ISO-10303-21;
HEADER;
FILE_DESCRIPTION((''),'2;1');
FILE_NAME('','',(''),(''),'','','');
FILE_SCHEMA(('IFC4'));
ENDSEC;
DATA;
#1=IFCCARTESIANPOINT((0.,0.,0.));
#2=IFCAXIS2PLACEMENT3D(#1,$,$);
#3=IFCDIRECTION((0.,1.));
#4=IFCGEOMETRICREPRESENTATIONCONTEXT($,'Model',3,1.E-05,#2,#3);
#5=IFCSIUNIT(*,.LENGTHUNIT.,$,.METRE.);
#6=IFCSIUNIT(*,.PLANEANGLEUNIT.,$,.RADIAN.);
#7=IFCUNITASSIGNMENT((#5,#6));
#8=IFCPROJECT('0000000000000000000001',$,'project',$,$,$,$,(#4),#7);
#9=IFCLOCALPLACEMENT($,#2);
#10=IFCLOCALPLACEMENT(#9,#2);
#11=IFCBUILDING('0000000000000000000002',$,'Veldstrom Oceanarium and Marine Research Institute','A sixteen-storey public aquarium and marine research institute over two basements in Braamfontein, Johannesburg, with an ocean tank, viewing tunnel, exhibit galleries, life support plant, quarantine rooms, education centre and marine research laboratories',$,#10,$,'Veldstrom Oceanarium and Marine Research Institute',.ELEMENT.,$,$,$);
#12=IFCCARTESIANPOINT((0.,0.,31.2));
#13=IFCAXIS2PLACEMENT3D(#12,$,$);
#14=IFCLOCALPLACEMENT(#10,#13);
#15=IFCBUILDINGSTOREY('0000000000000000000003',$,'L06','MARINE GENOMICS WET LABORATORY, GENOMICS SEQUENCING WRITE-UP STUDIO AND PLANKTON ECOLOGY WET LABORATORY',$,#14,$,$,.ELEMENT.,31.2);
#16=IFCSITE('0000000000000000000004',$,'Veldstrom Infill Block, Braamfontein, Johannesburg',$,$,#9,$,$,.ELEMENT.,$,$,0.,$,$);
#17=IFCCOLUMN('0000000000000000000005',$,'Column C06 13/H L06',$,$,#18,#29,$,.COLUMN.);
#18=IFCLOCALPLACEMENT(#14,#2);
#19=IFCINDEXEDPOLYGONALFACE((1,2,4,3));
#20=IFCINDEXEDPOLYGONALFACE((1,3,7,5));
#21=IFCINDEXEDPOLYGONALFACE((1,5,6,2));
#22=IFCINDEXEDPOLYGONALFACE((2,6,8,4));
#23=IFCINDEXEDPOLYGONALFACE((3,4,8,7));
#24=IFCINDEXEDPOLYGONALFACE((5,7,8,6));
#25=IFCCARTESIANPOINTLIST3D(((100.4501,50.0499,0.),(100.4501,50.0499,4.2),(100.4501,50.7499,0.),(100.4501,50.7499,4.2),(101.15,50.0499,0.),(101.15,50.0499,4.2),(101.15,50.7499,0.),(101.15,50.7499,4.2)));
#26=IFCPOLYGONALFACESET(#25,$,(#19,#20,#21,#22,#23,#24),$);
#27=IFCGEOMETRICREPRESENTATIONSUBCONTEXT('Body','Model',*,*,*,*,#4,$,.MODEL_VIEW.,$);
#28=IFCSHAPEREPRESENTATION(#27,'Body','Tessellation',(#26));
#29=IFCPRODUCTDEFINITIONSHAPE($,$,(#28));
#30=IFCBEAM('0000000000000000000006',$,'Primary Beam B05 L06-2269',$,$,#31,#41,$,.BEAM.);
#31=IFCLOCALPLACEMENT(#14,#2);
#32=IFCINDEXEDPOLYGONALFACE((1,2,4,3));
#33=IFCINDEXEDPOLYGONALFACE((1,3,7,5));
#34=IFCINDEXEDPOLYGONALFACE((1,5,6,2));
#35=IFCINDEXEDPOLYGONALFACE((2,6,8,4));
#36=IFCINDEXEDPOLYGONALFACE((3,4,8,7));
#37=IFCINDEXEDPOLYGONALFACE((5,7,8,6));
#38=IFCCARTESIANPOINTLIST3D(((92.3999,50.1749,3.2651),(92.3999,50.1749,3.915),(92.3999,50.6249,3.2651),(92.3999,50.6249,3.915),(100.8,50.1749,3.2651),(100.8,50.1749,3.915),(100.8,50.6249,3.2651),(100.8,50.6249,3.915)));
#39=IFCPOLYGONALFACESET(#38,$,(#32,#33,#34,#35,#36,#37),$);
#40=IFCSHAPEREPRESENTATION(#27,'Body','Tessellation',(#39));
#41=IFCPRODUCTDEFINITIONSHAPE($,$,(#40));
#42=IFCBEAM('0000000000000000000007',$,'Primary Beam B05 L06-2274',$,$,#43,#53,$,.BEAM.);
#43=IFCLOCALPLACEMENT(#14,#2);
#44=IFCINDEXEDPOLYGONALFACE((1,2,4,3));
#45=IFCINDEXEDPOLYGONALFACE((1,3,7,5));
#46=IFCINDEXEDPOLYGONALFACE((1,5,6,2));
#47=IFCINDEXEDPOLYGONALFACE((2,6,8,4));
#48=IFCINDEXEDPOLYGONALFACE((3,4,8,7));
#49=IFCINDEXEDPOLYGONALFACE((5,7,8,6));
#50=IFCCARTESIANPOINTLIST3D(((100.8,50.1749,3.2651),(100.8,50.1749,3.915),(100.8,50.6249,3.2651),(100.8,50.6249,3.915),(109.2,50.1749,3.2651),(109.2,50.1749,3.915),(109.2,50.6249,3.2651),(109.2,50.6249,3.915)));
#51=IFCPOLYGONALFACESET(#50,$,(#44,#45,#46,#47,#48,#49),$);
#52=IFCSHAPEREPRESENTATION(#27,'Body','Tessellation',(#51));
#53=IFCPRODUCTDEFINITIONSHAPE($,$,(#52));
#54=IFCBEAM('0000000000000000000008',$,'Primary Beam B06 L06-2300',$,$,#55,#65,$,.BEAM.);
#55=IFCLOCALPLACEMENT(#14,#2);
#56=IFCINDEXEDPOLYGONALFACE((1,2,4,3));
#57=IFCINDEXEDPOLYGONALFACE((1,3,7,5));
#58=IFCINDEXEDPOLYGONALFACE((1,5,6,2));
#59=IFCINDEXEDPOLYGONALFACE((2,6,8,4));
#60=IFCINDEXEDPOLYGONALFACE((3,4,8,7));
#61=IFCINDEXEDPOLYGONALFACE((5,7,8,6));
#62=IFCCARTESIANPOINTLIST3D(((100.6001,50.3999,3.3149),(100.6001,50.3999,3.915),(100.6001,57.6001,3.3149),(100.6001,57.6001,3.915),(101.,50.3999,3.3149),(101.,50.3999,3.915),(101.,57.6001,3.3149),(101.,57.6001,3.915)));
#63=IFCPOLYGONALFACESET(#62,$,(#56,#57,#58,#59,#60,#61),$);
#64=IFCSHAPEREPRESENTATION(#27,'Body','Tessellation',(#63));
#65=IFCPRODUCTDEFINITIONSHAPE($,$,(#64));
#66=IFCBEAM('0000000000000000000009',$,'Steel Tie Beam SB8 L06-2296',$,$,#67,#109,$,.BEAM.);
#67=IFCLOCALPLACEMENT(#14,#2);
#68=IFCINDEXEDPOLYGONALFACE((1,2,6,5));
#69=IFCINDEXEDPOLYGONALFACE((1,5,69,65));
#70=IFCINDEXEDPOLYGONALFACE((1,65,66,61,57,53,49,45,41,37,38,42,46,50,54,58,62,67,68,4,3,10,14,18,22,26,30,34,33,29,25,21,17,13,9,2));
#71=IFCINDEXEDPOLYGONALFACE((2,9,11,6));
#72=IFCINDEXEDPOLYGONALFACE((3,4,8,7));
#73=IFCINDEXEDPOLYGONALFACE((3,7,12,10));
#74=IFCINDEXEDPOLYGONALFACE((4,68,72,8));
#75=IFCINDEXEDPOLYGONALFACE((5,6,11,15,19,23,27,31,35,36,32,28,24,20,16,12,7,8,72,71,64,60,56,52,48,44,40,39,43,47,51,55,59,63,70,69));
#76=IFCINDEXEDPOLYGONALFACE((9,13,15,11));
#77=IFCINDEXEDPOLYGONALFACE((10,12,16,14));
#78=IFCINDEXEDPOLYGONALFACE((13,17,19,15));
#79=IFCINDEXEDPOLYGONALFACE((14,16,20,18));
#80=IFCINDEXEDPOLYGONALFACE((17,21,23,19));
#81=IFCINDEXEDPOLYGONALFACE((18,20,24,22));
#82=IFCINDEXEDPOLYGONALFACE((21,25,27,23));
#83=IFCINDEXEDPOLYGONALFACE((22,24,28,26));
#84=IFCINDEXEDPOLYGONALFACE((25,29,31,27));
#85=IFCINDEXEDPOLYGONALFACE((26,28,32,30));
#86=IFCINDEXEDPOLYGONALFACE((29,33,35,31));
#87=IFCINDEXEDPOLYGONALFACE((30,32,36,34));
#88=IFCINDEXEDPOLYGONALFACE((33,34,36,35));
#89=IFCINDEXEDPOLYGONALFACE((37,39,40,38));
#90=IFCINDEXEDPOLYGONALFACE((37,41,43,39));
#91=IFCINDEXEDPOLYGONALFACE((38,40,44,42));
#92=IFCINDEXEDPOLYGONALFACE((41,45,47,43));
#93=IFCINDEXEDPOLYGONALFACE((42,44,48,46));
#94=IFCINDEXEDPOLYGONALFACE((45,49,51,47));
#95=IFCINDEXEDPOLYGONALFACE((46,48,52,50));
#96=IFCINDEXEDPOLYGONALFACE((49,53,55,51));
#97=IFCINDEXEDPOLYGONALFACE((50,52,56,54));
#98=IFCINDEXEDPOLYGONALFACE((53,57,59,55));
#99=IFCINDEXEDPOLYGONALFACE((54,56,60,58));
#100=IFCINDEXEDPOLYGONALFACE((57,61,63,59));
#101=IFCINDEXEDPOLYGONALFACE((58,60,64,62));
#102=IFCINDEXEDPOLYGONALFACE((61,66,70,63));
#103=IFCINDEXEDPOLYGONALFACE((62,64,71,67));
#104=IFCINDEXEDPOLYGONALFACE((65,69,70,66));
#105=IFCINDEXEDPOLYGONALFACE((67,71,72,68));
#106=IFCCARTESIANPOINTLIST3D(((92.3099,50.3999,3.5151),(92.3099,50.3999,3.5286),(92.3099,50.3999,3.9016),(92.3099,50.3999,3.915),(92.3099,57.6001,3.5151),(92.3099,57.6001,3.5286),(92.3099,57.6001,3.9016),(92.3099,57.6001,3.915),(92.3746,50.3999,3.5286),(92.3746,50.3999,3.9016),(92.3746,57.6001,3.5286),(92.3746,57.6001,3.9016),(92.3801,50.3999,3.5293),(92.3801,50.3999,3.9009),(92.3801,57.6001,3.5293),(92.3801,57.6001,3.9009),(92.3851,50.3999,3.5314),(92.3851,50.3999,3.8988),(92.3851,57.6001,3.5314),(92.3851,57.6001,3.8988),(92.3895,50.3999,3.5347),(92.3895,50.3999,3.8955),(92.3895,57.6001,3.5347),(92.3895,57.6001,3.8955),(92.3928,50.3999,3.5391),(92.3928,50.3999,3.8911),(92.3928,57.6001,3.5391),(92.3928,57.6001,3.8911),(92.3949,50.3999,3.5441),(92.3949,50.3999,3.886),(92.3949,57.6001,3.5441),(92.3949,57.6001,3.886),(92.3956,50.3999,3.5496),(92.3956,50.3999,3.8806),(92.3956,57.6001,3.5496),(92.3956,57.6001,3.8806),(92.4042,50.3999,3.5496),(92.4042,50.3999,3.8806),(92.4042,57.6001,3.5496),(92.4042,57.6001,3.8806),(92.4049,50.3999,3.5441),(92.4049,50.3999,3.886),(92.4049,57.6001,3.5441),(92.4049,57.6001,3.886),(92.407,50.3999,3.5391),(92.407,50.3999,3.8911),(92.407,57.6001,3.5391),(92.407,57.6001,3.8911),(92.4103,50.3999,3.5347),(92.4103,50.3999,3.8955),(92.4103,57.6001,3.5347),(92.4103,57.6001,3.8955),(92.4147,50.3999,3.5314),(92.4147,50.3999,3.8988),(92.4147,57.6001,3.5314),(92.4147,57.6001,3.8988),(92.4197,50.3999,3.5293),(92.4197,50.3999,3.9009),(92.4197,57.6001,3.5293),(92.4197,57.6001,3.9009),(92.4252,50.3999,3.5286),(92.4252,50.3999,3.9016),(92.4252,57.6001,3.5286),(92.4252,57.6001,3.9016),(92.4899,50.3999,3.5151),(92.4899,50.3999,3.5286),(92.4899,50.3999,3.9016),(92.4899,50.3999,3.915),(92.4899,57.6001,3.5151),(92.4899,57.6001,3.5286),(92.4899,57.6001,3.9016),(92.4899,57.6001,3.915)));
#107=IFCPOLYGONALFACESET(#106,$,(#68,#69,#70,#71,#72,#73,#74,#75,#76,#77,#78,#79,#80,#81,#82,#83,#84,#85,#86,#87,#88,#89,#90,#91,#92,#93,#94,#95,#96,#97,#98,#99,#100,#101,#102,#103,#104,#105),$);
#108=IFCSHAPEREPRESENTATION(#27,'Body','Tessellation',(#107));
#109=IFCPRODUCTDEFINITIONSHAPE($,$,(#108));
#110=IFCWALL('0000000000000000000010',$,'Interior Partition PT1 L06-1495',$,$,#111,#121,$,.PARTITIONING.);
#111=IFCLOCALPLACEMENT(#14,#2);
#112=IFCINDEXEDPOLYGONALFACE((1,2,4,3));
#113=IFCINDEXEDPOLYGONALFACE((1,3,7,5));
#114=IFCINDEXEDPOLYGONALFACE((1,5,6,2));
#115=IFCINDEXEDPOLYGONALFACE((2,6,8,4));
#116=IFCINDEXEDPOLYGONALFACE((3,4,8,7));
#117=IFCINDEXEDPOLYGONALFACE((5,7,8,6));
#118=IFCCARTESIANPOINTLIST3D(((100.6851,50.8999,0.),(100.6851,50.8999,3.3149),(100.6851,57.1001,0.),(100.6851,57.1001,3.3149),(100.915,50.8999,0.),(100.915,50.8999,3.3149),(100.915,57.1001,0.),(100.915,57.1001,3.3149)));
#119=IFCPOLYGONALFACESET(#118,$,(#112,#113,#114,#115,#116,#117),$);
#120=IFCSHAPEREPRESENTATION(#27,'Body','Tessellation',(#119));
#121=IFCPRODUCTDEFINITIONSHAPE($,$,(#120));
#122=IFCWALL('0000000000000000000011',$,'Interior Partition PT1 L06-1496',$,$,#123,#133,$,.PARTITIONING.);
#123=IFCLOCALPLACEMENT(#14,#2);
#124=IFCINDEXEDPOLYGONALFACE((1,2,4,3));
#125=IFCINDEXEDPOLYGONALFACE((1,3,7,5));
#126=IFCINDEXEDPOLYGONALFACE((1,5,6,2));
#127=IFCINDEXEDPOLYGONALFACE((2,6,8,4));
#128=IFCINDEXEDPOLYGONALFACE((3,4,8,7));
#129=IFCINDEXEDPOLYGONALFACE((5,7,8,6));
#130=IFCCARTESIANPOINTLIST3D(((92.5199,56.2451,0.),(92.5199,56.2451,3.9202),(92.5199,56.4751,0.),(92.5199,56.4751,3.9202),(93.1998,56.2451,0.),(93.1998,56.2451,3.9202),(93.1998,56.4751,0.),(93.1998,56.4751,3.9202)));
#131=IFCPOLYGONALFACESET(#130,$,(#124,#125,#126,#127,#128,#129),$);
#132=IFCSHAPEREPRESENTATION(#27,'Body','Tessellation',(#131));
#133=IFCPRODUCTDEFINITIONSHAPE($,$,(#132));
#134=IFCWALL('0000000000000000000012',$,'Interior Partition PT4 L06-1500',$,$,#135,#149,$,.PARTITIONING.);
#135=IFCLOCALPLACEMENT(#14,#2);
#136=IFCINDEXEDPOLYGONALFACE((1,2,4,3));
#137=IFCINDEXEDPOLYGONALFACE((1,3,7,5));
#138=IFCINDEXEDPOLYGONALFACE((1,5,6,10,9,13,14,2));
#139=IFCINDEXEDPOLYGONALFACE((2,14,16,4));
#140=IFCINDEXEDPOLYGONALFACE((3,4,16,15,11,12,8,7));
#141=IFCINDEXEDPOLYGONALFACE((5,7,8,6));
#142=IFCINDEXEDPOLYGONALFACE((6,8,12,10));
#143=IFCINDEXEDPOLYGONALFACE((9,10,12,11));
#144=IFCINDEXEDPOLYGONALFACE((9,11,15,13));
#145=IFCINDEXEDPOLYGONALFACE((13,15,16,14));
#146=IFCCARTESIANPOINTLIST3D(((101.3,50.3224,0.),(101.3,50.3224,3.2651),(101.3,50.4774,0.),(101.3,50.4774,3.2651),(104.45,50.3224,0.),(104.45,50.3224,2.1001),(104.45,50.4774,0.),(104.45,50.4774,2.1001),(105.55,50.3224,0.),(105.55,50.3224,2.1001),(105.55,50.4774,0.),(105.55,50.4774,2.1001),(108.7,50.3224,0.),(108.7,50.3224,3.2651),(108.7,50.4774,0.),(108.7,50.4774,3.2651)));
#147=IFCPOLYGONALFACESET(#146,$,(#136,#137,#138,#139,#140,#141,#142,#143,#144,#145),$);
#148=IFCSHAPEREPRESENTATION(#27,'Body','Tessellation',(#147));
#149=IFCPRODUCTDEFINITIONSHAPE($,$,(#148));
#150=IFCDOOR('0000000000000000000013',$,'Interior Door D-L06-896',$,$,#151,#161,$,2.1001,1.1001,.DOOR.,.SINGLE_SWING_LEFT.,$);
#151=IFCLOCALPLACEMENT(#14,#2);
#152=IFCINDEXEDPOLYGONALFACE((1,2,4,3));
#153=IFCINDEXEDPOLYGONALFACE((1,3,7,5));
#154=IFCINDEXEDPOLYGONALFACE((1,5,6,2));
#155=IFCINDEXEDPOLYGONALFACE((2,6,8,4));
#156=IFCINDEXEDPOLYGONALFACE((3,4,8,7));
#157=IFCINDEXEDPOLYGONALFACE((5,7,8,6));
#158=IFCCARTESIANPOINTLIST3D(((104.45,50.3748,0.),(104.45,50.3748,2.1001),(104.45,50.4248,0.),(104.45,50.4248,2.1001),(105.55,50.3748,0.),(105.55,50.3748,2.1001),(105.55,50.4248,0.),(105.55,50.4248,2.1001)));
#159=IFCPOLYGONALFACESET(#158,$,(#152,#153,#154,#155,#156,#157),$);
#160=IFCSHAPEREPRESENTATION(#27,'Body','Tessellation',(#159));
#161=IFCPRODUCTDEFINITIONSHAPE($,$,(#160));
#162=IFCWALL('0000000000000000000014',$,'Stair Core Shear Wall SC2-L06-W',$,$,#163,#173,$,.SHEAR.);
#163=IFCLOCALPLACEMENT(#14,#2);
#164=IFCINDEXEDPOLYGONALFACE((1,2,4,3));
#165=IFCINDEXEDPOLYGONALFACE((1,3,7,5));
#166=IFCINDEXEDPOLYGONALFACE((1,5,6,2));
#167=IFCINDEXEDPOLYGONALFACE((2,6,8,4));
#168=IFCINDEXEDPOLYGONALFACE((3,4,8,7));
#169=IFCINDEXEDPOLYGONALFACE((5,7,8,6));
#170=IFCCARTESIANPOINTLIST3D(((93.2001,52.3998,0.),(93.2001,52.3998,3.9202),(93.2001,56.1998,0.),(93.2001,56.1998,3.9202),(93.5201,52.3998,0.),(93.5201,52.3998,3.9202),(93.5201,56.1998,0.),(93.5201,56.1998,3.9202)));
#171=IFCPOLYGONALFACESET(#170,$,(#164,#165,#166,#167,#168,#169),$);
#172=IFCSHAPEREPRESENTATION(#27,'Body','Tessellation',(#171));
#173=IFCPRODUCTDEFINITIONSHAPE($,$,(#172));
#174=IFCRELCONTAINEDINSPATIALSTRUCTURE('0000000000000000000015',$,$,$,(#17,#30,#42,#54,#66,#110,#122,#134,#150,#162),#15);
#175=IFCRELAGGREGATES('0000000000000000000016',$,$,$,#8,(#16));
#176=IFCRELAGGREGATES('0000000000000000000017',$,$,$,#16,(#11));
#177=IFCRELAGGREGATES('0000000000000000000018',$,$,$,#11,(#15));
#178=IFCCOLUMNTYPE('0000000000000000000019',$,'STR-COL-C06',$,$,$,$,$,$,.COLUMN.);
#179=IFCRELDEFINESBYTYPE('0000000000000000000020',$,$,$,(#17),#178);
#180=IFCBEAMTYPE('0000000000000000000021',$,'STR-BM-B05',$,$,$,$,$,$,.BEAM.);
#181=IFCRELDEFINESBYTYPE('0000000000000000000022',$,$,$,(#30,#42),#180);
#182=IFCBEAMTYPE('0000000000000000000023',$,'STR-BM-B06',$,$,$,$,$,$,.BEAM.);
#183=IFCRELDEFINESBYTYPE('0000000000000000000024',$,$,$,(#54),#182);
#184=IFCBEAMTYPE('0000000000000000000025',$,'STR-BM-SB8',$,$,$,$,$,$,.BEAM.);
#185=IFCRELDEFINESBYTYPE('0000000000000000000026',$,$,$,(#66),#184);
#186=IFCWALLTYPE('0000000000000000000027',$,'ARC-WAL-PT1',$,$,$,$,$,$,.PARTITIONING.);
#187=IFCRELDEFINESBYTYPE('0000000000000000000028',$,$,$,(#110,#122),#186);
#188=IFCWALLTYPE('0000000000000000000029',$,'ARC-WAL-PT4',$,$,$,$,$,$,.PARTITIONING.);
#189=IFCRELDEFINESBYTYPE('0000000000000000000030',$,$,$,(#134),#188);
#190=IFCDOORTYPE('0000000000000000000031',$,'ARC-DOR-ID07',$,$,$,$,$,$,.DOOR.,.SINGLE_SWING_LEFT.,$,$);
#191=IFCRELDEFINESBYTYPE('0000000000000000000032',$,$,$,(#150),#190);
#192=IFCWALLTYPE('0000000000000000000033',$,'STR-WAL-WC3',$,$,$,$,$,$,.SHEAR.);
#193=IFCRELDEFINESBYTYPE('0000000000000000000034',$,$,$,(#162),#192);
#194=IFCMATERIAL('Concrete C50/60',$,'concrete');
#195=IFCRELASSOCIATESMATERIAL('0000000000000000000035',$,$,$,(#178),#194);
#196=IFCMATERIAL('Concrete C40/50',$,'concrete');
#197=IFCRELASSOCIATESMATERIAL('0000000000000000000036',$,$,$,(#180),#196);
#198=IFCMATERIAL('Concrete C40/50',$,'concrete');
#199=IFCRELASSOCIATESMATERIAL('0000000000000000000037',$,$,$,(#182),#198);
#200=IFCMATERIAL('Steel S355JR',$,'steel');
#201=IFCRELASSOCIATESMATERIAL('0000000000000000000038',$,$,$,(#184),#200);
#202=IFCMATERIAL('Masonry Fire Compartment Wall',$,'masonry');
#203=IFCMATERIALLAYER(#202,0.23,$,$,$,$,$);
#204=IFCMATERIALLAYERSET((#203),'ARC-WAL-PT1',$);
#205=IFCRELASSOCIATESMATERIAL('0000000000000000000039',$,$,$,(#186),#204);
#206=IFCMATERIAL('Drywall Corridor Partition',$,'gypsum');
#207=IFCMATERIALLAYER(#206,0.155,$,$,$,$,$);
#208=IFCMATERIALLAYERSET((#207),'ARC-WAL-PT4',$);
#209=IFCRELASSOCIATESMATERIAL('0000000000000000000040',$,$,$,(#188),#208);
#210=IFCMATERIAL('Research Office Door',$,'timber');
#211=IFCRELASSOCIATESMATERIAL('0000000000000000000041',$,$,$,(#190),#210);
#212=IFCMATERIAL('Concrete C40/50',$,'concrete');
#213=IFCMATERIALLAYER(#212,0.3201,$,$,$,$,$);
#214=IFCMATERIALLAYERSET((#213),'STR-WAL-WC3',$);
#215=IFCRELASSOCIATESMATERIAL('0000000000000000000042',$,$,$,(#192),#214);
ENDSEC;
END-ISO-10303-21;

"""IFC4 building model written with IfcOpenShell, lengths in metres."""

from ifc_helpers import new_model, si_unit, direction, frame, frame_2d, origin, origin_2d, place, context, subcontext, project, spatial, rectangle, i_section, extrude, material, layer, layer_set, material_profile, profile_set, type_object, element, fill, save


model = new_model("IFC4")

# Units and contexts
model_context = context("Model", 3, precision=1e-05, world=origin(), true_north=direction((0.0, 1.0)))
body_context = subcontext(model_context, "Body", "Model", "MODEL_VIEW")
ifc_project = project(units=[si_unit("LENGTHUNIT", "METRE"), si_unit("PLANEANGLEUNIT", "RADIAN")], contexts=[model_context])

# Site, building, storey
site_placement = place(None, origin())
site = spatial("IfcSite", under=ifc_project, at=site_placement, Name="Veldstrom Infill Block, Braamfontein, Johannesburg", CompositionType="ELEMENT", RefElevation=0.0)
building_placement = place(site_placement, origin())
building = spatial("IfcBuilding", under=site, at=building_placement, Name="Veldstrom Oceanarium and Marine Research Institute", Description="A sixteen-storey public aquarium and marine research institute over two basements in Braamfontein, Johannesburg, with an ocean tank, viewing tunnel, exhibit galleries, life support plant, quarantine rooms, education centre and marine research laboratories", LongName="Veldstrom Oceanarium and Marine Research Institute", CompositionType="ELEMENT")
storey_placement = place(building_placement, frame((0.0, 0.0, 31.2)))
storey = spatial("IfcBuildingStorey", under=building, at=storey_placement, Name="L06", Description="MARINE GENOMICS WET LABORATORY, GENOMICS SEQUENCING WRITE-UP STUDIO AND PLANKTON ECOLOGY WET LABORATORY", CompositionType="ELEMENT", Elevation=31.2)

# Column
ifc_material_1 = material(Name="Concrete C50/60", Category="concrete")
ifc_material_profile_1 = material_profile(ifc_material_1, rectangle(XDim=0.7, YDim=0.7, at=origin_2d()), Name="RC-COL-700x700")
ifc_profile_set_1 = profile_set([ifc_material_profile_1], Name="Concrete C50/60")
column_type = type_object("IfcColumnType", Name="STR-COL-C06", PredefinedType="COLUMN", material=ifc_profile_set_1)
column_placement = place(storey_placement, frame((100.8, 50.3999, 0.0), z_axis=(0.0, 0.0, 1.0), x_axis=(1.0, 0.0, 0.0)))
element("IfcColumn", 1, at=column_placement, inside=storey, type_object=column_type, Name="Column C06 13/H L06", PredefinedType="COLUMN", context=body_context, shape_type="SweptSolid", body=[
    extrude(rectangle(XDim=0.7, YDim=0.7, at=origin_2d()), origin(), (0.0, 0.0, 1.0), 4.2),
])

# Beams
ifc_material_2 = material(Name="Concrete C40/50", Category="concrete")
ifc_material_profile_2 = material_profile(ifc_material_2, rectangle(XDim=0.45, YDim=0.6499, at=origin_2d()), Name="RC-BM-450x650")
ifc_profile_set_2 = profile_set([ifc_material_profile_2], Name="Concrete C40/50")
beam_type_1 = type_object("IfcBeamType", Name="STR-BM-B05", PredefinedType="BEAM", material=ifc_profile_set_2)
beam_1_placement = place(storey_placement, frame((92.3999, 50.3999, 3.5901), z_axis=(1.0, 0.0, 0.0), x_axis=(0.0, 1.0, 0.0)))
element("IfcBeam", 2, at=beam_1_placement, inside=storey, type_object=beam_type_1, Name="Primary Beam B05 L06-2269", PredefinedType="BEAM", context=body_context, shape_type="SweptSolid", body=[
    extrude(rectangle(XDim=0.45, YDim=0.6499, at=origin_2d()), origin(), (0.0, 0.0, 1.0), 8.4001),
])
beam_2_placement = place(storey_placement, frame((100.8, 50.3999, 3.5901), z_axis=(1.0, 0.0, 0.0), x_axis=(0.0, 1.0, 0.0)))
element("IfcBeam", 3, at=beam_2_placement, inside=storey, type_object=beam_type_1, Name="Primary Beam B05 L06-2274", PredefinedType="BEAM", context=body_context, shape_type="SweptSolid", body=[
    extrude(rectangle(XDim=0.45, YDim=0.6499, at=origin_2d()), origin(), (0.0, 0.0, 1.0), 8.3999),
])
ifc_material_3 = material(Name="Concrete C40/50", Category="concrete")
ifc_material_profile_3 = material_profile(ifc_material_3, rectangle(XDim=0.3999, YDim=0.6001, at=origin_2d()), Name="RC-BM-400x600")
ifc_profile_set_3 = profile_set([ifc_material_profile_3], Name="Concrete C40/50")
beam_type_2 = type_object("IfcBeamType", Name="STR-BM-B06", PredefinedType="BEAM", material=ifc_profile_set_3)
beam_3_placement = place(storey_placement, frame((100.8, 50.3999, 3.615), z_axis=(0.0, 1.0, 0.0), x_axis=(-1.0, 0.0, 0.0)))
element("IfcBeam", 4, at=beam_3_placement, inside=storey, type_object=beam_type_2, Name="Primary Beam B06 L06-2300", PredefinedType="BEAM", context=body_context, shape_type="SweptSolid", body=[
    extrude(rectangle(XDim=0.3999, YDim=0.6001, at=origin_2d()), origin(), (0.0, 0.0, 1.0), 7.2002),
])
ifc_material_4 = material(Name="Steel S355JR", Category="steel")
ifc_material_profile_4 = material_profile(ifc_material_4, i_section(OverallWidth=0.1799, OverallDepth=0.3999, WebThickness=0.0085, FlangeThickness=0.0134, FilletRadius=0.021, at=origin_2d()), Name="IPE 400")
ifc_profile_set_4 = profile_set([ifc_material_profile_4], Name="Steel S355JR")
beam_type_3 = type_object("IfcBeamType", Name="STR-BM-SB8", PredefinedType="BEAM", material=ifc_profile_set_4)
beam_4_placement = place(storey_placement, frame((92.3999, 50.3999, 3.7151), z_axis=(0.0, 1.0, 0.0), x_axis=(-1.0, 0.0, 0.0)))
element("IfcBeam", 5, at=beam_4_placement, inside=storey, type_object=beam_type_3, Name="Steel Tie Beam SB8 L06-2296", PredefinedType="BEAM", context=body_context, shape_type="SweptSolid", body=[
    extrude(i_section(OverallWidth=0.1799, OverallDepth=0.3999, WebThickness=0.0085, FlangeThickness=0.0134, FilletRadius=0.021, at=origin_2d()), origin(), (0.0, 0.0, 1.0), 7.2002),
])

# Shared definitions
ifc_material_5 = material(Name="Masonry Fire Compartment Wall", Category="masonry")
ifc_layer_1 = layer(ifc_material_5, 0.23)
ifc_layer_set_1 = layer_set([ifc_layer_1], Name="ARC-WAL-PT1")
wall_type_1 = type_object("IfcWallType", Name="ARC-WAL-PT1", PredefinedType="PARTITIONING", material=ifc_layer_set_1)

# Walls
wall_1_placement = place(storey_placement, frame((100.8, 50.8999, 0.0), z_axis=(0.0, 0.0, 1.0), x_axis=(0.0, 1.0, 0.0)))
element("IfcWall", 6, at=wall_1_placement, inside=storey, type_object=wall_type_1, Name="Interior Partition PT1 L06-1495", PredefinedType="PARTITIONING", context=body_context, shape_type="SweptSolid", body=[
    extrude(rectangle(XDim=6.2002, YDim=0.23, at=frame_2d((3.1001, 0.0))), origin(), (0.0, 0.0, 1.0), 3.3149),
])
wall_2_placement = place(storey_placement, frame((92.52, 56.3601, 0.0), z_axis=(0.0, 0.0, 1.0), x_axis=(1.0, 0.0, 0.0)))
element("IfcWall", 7, at=wall_2_placement, inside=storey, type_object=wall_type_1, Name="Interior Partition PT1 L06-1496", PredefinedType="PARTITIONING", context=body_context, shape_type="SweptSolid", body=[
    extrude(rectangle(XDim=0.6799, YDim=0.23, at=frame_2d((0.3398, 0.0))), origin(), (0.0, 0.0, 1.0), 3.9202),
])

# Wall, opening, door
ifc_material_6 = material(Name="Drywall Corridor Partition", Category="gypsum")
ifc_layer_2 = layer(ifc_material_6, 0.155)
ifc_layer_set_2 = layer_set([ifc_layer_2], Name="ARC-WAL-PT4")
wall_type_2 = type_object("IfcWallType", Name="ARC-WAL-PT4", PredefinedType="PARTITIONING", material=ifc_layer_set_2)
wall_3_placement = place(storey_placement, frame((101.3, 50.3999, 0.0), z_axis=(0.0, 0.0, 1.0), x_axis=(1.0, 0.0, 0.0)))
wall_3 = element("IfcWall", 8, at=wall_3_placement, inside=storey, type_object=wall_type_2, Name="Interior Partition PT4 L06-1500", PredefinedType="PARTITIONING", context=body_context, shape_type="SweptSolid", body=[
    extrude(rectangle(XDim=7.3999, YDim=0.155, at=frame_2d((3.7, 0.0))), origin(), (0.0, 0.0, 1.0), 3.2651),
])
opening_1_placement = place(wall_3_placement, frame((3.1499, 0.0, 0.0)))
opening_1 = element("IfcOpeningElement", 9, at=opening_1_placement, cuts=wall_3, PredefinedType="OPENING", context=body_context, shape_type="SweptSolid", body=[
    extrude(rectangle(XDim=1.1001, YDim=2.1001, at=frame_2d((0.55, 1.05))), frame((0.0, 0.0874, 0.0), z_axis=(0.0, -1.0, 0.0), x_axis=(1.0, 0.0, 0.0)), (0.0, 0.0, 1.0), 0.175),
])
ifc_material_7 = material(Name="Research Office Door", Category="timber")
door_type_1 = type_object("IfcDoorType", Name="ARC-DOR-ID07", OperationType="SINGLE_SWING_LEFT", PredefinedType="DOOR", material=ifc_material_7)
door_1_placement = place(opening_1_placement, origin())
door_1 = element("IfcDoor", 10, at=door_1_placement, inside=storey, type_object=door_type_1, Name="Interior Door D-L06-896", OperationType="SINGLE_SWING_LEFT", OverallHeight=2.1001, OverallWidth=1.1001, PredefinedType="DOOR", context=body_context, shape_type="SweptSolid", body=[
    extrude(rectangle(XDim=1.1001, YDim=2.1001, at=frame_2d((0.55, 1.05))), frame((0.0, 0.0249, 0.0), z_axis=(0.0, -1.0, 0.0), x_axis=(1.0, 0.0, 0.0)), (0.0, 0.0, 1.0), 0.05),
])
fill(opening_1, door_1)
ifc_material_8 = material(Name="Concrete C40/50", Category="concrete")
ifc_layer_3 = layer(ifc_material_8, 0.3201)
ifc_layer_set_3 = layer_set([ifc_layer_3], Name="STR-WAL-WC3")
wall_type_3 = type_object("IfcWallType", Name="STR-WAL-WC3", PredefinedType="SHEAR", material=ifc_layer_set_3)

# Wall
for number, where, z_axis, x_axis, name in (
    (11, (93.3601, 52.3999, 0.0), (0.0, 0.0, 1.0), (0.0, 1.0, 0.0), "Stair Core Shear Wall SC2-L06-W"),
):
    element("IfcWall", number, at=place(storey_placement, frame(where, z_axis=z_axis, x_axis=x_axis)), inside=storey, type_object=wall_type_3, Name=name, PredefinedType="SHEAR", context=body_context, shape_type="SweptSolid", body=[
        extrude(rectangle(XDim=3.8, YDim=0.3201, at=frame_2d((1.8999, 0.0))), origin(), (0.0, 0.0, 1.0), 3.9202),
    ])

save(model, "model.ifc")
